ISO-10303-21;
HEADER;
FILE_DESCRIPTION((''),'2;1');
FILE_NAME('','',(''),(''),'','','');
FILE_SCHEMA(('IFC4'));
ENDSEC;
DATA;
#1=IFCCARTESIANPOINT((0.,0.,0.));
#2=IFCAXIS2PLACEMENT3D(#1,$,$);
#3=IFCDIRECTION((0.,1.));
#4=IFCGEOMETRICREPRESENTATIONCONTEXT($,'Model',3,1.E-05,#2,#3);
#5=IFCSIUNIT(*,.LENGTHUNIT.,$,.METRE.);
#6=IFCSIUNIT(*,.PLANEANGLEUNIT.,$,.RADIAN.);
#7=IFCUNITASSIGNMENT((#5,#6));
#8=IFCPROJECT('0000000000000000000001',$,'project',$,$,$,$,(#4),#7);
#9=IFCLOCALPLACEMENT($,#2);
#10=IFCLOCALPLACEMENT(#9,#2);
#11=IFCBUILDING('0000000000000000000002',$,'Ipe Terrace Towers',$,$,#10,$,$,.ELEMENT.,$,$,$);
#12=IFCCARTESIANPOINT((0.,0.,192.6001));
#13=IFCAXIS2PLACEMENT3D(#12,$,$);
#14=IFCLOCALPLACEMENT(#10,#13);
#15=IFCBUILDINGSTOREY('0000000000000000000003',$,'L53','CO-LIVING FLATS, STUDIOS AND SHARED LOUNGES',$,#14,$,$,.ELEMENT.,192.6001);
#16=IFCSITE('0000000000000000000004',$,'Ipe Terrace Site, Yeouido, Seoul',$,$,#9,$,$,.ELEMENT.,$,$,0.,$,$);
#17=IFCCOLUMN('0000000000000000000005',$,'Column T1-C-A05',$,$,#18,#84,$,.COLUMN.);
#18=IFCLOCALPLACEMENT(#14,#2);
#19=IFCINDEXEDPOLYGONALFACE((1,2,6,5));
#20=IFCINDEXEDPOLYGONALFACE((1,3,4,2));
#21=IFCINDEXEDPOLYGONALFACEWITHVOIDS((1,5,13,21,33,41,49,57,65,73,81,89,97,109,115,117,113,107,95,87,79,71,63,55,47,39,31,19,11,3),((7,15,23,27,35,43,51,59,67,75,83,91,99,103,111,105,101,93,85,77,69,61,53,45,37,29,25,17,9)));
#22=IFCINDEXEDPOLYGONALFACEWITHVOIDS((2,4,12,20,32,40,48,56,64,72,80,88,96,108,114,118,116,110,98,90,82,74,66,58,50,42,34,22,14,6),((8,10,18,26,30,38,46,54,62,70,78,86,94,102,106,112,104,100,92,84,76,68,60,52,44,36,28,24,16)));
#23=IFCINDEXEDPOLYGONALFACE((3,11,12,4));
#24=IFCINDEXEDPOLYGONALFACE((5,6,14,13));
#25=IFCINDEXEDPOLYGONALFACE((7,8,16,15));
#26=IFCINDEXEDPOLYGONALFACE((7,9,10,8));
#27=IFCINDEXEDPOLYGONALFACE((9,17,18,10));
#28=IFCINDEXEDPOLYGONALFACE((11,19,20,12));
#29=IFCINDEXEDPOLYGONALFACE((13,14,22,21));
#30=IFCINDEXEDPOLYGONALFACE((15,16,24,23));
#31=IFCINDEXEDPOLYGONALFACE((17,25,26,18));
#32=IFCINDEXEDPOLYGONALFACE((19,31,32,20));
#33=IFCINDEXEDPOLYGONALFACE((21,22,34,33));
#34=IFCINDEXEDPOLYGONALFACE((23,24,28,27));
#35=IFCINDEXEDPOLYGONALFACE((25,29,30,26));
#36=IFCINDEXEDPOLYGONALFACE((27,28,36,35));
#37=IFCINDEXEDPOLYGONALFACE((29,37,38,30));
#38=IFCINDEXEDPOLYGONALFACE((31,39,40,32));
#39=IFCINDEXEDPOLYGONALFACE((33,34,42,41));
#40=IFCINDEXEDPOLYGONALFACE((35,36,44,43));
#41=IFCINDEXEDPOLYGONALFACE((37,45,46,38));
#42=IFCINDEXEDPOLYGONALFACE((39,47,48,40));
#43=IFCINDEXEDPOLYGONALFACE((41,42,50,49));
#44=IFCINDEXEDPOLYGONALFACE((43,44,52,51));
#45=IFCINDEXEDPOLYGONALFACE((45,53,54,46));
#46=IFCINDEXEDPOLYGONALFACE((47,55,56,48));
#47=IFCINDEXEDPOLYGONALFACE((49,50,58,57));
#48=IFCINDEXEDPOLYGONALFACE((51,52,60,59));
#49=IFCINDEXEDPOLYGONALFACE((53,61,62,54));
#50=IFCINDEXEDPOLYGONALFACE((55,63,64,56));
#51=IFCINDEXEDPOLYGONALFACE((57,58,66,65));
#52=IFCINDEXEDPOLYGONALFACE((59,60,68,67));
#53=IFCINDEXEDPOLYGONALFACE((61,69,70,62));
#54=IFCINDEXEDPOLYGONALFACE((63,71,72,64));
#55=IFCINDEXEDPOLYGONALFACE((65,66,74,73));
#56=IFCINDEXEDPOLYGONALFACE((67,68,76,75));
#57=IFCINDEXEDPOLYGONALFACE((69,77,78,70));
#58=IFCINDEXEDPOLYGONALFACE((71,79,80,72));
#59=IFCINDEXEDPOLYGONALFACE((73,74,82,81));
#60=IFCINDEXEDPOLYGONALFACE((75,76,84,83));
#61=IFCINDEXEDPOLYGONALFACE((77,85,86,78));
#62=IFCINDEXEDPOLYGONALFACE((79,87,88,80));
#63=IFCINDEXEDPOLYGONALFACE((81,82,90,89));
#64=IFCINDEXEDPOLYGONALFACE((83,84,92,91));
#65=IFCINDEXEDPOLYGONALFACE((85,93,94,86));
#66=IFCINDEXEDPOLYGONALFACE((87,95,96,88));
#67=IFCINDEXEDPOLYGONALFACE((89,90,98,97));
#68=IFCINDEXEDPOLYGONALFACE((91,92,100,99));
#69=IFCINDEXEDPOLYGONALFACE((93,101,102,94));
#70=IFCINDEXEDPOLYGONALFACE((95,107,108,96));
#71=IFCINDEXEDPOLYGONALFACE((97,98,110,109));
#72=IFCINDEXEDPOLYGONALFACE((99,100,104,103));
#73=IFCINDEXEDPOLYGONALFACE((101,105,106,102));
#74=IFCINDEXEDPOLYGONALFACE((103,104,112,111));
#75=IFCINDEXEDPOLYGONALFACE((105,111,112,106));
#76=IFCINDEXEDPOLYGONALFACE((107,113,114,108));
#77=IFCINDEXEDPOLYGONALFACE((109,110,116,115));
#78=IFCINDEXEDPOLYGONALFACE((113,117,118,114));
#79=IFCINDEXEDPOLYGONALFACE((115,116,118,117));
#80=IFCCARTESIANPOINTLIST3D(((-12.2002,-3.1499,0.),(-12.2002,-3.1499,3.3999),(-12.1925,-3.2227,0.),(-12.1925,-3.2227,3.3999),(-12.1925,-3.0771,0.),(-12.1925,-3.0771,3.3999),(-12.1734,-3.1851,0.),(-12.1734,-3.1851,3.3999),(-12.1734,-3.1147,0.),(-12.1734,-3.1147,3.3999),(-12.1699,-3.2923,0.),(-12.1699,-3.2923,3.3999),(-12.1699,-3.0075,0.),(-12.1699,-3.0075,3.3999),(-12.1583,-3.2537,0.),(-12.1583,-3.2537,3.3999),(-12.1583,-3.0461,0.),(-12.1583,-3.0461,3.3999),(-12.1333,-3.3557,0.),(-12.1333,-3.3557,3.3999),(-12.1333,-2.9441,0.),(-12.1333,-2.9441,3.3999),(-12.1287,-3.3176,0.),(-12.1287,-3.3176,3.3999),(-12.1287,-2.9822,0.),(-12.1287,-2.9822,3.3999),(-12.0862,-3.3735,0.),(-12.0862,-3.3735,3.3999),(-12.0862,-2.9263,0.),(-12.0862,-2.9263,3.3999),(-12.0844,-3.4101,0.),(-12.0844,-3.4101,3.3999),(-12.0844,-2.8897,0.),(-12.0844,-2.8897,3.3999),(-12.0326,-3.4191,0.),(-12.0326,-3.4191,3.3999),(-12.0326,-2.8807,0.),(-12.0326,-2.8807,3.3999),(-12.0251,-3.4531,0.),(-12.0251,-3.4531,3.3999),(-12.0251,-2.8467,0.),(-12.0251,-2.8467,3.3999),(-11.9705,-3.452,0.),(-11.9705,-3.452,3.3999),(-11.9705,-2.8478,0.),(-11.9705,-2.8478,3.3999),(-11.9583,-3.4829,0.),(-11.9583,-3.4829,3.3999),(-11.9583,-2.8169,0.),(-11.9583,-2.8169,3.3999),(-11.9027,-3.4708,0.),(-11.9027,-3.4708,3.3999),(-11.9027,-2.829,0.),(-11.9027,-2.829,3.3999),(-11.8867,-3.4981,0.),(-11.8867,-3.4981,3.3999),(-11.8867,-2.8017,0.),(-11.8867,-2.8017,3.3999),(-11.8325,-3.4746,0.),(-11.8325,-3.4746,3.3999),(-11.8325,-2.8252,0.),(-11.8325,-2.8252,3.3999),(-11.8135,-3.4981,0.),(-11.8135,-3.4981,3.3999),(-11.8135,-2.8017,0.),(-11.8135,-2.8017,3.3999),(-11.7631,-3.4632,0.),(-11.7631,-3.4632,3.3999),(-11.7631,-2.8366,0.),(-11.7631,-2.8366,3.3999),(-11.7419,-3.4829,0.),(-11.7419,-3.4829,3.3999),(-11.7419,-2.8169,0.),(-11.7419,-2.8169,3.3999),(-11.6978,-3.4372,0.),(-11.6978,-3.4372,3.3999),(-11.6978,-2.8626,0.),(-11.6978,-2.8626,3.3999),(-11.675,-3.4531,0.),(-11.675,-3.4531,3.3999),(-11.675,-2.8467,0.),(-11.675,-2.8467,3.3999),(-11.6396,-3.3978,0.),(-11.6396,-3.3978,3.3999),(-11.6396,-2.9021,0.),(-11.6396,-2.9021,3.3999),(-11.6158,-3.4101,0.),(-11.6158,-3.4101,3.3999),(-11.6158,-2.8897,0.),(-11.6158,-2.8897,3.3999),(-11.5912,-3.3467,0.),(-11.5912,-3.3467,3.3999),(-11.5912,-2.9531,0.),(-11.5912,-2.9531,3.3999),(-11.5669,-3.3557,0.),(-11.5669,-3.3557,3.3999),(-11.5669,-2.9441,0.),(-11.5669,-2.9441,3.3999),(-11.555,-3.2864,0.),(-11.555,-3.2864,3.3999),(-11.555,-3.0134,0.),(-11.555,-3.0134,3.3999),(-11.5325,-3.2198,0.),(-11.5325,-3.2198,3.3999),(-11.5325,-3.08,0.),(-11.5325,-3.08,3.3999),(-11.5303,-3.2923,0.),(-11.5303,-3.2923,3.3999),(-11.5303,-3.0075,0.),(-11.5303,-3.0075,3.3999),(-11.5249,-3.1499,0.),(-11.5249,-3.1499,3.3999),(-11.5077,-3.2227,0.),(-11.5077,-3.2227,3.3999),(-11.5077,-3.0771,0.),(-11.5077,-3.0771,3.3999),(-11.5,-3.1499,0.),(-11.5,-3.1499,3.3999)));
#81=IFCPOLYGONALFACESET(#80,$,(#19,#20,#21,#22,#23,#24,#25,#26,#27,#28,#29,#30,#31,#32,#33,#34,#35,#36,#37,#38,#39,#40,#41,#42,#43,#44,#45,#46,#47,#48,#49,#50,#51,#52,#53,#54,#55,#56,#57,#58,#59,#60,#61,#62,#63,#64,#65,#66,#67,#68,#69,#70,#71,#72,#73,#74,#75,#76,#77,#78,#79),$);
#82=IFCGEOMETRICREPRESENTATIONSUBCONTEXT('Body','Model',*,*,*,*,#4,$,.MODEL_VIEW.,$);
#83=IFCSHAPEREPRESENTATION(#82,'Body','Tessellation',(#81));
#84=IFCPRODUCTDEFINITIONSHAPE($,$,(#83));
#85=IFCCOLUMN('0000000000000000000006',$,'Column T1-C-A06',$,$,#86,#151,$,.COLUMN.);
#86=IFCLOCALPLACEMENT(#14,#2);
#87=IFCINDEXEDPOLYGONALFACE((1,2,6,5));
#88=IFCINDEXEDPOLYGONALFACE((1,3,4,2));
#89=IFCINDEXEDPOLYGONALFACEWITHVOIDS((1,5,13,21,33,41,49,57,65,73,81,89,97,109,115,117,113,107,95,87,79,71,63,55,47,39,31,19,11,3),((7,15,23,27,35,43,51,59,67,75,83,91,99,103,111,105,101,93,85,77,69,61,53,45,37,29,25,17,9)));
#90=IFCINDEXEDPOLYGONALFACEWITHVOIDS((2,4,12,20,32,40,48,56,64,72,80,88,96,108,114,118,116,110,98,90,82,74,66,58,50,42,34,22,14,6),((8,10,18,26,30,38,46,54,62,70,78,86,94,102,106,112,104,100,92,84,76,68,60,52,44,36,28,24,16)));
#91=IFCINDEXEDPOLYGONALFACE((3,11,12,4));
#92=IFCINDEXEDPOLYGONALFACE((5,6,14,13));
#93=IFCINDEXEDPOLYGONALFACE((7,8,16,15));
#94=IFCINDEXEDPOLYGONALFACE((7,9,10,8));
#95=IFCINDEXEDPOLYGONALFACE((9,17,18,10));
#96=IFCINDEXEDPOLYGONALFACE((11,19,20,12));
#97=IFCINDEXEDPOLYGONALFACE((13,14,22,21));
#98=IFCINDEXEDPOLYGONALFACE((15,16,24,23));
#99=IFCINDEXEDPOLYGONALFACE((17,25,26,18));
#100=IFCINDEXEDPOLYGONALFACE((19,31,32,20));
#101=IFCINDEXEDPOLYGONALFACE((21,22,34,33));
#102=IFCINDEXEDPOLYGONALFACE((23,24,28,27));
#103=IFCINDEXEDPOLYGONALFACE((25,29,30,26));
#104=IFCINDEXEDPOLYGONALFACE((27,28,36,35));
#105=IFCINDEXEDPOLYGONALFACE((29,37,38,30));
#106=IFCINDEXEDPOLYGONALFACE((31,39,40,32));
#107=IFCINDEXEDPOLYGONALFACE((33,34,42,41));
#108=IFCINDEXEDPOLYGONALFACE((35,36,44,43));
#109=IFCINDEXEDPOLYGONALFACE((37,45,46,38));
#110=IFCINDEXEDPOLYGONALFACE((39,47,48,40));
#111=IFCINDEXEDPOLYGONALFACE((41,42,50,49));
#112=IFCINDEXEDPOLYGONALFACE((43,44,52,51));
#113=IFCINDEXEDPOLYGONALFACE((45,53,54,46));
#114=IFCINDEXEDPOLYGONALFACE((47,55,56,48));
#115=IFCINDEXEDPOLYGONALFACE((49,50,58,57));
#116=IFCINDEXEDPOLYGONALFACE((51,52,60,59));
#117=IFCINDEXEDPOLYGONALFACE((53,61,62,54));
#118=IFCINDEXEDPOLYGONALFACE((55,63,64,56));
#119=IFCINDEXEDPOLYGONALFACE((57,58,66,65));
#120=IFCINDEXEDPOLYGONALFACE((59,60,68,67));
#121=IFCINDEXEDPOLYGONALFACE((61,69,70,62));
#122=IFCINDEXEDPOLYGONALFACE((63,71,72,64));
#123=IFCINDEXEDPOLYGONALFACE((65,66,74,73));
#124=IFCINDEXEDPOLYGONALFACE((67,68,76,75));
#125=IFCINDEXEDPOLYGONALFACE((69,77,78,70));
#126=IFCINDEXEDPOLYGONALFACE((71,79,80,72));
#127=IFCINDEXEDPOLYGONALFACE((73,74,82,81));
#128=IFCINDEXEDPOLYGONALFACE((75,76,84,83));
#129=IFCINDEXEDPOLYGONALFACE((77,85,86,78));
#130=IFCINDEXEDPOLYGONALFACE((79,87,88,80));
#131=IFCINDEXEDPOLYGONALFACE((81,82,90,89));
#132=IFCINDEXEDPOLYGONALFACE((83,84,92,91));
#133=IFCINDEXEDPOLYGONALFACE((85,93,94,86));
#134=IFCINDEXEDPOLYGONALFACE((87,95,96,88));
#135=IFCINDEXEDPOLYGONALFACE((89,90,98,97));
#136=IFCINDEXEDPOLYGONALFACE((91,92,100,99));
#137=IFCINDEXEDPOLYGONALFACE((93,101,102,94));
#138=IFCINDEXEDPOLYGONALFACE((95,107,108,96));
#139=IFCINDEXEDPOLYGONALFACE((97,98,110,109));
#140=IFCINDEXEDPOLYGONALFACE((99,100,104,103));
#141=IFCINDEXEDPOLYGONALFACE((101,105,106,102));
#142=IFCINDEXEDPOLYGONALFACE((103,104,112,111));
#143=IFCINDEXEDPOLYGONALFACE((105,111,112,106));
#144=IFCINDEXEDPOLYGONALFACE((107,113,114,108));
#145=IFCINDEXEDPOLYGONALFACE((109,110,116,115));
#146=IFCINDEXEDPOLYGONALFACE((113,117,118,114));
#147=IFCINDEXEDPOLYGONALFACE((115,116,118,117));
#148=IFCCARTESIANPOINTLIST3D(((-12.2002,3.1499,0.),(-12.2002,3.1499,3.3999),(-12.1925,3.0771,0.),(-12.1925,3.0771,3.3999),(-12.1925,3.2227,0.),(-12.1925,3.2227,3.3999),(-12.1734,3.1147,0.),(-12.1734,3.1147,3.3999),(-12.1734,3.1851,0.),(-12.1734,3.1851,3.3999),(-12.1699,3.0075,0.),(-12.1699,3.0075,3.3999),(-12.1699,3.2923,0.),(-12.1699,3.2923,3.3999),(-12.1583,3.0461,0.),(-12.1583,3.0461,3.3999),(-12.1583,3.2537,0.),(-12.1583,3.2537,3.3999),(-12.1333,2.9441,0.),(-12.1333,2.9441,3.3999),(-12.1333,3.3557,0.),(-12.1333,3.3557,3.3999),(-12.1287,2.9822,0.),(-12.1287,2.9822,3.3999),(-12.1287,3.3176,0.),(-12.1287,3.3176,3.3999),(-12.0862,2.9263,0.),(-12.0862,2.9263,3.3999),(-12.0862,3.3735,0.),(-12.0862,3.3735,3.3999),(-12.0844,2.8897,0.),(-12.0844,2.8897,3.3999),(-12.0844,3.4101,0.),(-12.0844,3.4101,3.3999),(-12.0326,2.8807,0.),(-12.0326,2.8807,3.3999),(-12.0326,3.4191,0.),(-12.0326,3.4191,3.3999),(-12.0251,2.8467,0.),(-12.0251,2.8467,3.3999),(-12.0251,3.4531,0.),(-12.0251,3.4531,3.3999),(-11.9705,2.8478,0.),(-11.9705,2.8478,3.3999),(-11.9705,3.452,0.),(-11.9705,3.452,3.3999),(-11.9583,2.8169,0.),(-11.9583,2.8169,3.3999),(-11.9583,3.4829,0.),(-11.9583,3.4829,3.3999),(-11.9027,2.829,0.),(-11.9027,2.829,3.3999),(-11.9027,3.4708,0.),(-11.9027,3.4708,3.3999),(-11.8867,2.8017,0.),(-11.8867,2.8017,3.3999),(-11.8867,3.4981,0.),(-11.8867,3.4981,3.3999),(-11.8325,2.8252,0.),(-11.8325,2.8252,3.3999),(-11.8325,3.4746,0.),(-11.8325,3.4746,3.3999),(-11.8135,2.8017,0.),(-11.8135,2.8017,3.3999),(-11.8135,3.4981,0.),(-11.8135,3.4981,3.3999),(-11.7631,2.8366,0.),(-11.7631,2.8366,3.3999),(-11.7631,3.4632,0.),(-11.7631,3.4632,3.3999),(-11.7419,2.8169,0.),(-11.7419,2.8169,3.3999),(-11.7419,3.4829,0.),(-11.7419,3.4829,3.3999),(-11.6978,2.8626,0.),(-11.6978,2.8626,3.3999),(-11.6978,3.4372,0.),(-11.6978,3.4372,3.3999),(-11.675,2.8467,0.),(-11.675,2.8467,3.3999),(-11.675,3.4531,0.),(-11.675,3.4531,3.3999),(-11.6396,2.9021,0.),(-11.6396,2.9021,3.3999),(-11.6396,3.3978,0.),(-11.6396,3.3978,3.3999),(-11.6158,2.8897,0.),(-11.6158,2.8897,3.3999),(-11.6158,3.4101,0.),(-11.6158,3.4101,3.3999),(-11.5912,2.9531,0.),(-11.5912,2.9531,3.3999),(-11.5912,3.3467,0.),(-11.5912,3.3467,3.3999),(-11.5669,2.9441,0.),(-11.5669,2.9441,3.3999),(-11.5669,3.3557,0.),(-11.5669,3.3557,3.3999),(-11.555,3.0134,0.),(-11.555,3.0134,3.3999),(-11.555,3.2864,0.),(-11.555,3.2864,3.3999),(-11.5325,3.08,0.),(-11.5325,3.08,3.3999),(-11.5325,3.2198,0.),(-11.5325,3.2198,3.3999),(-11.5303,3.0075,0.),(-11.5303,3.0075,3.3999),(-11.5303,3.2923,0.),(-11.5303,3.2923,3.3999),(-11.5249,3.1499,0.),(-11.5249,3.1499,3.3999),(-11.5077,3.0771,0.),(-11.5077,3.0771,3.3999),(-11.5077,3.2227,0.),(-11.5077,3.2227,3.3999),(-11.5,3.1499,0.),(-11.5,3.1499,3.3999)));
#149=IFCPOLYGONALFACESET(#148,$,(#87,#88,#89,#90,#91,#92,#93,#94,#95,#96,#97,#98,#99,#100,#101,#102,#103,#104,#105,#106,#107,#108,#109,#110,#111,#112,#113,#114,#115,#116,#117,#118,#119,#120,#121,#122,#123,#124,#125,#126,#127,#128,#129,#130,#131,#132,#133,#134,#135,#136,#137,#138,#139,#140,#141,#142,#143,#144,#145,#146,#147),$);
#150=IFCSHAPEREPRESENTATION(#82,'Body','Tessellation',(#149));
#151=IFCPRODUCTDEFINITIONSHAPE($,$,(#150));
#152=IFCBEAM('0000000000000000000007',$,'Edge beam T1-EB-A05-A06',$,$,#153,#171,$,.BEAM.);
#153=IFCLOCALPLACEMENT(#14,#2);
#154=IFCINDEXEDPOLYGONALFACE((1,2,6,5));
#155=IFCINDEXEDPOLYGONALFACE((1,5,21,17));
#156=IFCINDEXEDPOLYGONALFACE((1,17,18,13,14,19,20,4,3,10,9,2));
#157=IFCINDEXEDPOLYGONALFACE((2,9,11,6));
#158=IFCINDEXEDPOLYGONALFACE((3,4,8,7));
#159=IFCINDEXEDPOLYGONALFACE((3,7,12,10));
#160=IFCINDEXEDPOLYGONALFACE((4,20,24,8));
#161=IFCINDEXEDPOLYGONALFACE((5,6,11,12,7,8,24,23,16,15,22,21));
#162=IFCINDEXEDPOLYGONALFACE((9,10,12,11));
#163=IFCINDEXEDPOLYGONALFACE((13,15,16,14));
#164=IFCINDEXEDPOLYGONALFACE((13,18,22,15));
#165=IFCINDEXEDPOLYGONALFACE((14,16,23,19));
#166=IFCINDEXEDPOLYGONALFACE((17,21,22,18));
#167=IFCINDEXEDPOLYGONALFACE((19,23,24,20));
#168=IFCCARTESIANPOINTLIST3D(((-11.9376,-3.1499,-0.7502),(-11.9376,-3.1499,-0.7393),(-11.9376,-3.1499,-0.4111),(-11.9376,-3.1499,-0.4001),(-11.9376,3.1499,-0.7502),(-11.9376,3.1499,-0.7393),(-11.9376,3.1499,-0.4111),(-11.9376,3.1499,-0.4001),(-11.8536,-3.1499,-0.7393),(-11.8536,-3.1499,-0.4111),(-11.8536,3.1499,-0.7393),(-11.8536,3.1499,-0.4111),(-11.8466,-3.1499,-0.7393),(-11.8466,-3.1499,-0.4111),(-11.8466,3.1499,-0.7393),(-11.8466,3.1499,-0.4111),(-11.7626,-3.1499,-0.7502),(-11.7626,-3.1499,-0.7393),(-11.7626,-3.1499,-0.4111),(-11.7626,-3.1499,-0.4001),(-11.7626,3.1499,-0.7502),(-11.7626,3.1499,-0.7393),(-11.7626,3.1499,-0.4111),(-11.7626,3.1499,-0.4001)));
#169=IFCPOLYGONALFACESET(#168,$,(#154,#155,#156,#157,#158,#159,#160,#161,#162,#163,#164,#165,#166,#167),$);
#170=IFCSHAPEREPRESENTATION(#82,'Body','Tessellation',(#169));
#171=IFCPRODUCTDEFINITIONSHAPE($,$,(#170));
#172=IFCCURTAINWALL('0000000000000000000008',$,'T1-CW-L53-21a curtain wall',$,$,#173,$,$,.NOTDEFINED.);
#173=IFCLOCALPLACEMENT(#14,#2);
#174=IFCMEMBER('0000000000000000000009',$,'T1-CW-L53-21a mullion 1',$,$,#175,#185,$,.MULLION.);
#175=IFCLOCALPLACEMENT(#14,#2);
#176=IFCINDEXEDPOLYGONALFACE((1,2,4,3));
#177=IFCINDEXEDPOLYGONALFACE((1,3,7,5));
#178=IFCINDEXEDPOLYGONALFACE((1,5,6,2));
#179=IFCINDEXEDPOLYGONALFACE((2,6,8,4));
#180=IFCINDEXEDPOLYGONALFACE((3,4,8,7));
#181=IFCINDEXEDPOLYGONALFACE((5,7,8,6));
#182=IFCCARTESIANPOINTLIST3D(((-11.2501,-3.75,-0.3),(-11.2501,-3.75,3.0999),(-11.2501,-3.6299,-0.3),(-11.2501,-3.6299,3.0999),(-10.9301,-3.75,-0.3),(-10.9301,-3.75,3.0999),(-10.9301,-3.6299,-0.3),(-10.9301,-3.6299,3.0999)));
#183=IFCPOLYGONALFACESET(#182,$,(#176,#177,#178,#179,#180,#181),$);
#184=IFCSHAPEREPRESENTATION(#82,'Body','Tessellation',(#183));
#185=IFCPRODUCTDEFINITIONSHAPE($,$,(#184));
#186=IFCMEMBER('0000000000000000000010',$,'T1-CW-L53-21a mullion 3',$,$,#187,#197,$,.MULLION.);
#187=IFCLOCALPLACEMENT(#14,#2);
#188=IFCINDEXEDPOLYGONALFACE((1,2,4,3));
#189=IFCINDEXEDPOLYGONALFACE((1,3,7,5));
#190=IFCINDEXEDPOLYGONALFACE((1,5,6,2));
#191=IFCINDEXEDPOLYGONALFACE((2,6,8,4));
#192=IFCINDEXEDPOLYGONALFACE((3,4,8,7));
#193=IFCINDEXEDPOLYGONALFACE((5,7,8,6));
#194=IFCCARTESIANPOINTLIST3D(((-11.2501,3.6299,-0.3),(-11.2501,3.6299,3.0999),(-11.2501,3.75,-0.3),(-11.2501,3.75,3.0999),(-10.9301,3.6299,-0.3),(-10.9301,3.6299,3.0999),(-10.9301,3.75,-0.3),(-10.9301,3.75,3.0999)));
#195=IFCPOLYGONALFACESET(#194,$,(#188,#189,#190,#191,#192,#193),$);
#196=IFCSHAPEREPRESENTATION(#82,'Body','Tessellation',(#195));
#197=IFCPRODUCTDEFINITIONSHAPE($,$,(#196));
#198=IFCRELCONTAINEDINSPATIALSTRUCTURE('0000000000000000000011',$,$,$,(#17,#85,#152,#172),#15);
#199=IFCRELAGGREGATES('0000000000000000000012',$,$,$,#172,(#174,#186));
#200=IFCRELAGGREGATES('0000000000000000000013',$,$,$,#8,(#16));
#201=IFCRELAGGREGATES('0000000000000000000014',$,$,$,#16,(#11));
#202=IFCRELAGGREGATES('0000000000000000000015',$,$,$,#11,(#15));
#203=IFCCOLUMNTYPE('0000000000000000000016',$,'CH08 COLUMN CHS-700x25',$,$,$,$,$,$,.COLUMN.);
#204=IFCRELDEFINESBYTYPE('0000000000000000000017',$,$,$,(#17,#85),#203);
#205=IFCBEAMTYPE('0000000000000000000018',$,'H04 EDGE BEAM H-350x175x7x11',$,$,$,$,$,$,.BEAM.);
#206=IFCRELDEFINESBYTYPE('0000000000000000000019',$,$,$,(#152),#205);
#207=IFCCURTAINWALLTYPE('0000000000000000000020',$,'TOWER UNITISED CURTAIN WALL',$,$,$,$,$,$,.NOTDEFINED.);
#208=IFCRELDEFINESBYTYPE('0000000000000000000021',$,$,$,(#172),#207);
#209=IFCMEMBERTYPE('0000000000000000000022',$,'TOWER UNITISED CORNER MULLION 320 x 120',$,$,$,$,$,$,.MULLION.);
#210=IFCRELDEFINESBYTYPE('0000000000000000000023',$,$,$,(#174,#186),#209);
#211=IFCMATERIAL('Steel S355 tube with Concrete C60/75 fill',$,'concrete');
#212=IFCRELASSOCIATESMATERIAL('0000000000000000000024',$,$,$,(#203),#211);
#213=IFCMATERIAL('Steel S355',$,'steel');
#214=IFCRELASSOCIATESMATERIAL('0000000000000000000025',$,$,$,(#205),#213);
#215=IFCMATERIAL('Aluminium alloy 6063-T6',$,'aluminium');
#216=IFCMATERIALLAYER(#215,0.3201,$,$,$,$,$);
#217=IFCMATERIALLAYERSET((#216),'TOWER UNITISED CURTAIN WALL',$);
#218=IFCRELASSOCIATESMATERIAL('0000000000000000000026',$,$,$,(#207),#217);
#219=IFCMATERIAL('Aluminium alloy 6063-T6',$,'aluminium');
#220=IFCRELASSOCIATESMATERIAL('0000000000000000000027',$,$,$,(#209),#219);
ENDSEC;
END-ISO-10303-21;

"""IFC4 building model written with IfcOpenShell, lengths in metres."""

from ifc_helpers import new_model, si_unit, direction, frame, origin, origin_2d, place, context, subcontext, project, spatial, rectangle, hollow_circle, i_section, extrude, material, layer, layer_set, material_profile, profile_set, type_object, element, aggregate, save


model = new_model("IFC4")

# Units and contexts
model_context = context("Model", 3, precision=1e-05, world=origin(), true_north=direction((0.0, 1.0)))
body_context = subcontext(model_context, "Body", "Model", "MODEL_VIEW")
ifc_project = project(units=[si_unit("LENGTHUNIT", "METRE"), si_unit("PLANEANGLEUNIT", "RADIAN")], contexts=[model_context])

# Site, building, storey
site_placement = place(None, origin())
site = spatial("IfcSite", under=ifc_project, at=site_placement, Name="Ipe Terrace Site, Yeouido, Seoul", CompositionType="ELEMENT", RefElevation=0.0)
building_placement = place(site_placement, origin())
building = spatial("IfcBuilding", under=site, at=building_placement, Name="Ipe Terrace Towers", CompositionType="ELEMENT")
storey_placement = place(building_placement, frame((0.0, 0.0, 192.6001)))
storey = spatial("IfcBuildingStorey", under=building, at=storey_placement, Name="L53", Description="CO-LIVING FLATS, STUDIOS AND SHARED LOUNGES", CompositionType="ELEMENT", Elevation=192.6001)

# Columns
ifc_material_1 = material(Name="Steel S355 tube with Concrete C60/75 fill", Category="concrete")
ifc_material_profile_1 = material_profile(ifc_material_1, hollow_circle(Radius=0.3501, WallThickness=0.0249, at=origin_2d()), Name="CHS-700x25")
ifc_profile_set_1 = profile_set([ifc_material_profile_1], Name="Steel S355 tube with Concrete C60/75 fill")
column_type = type_object("IfcColumnType", Name="CH08 COLUMN CHS-700x25", PredefinedType="COLUMN", material=ifc_profile_set_1)
for number, where, z_axis, x_axis, name in (
    (1, (-11.8501, -3.1499, 0.0), (0.0, 0.0, 1.0), (1.0, 0.0, 0.0), "Column T1-C-A05"),
    (2, (-11.8501, 3.1499, 0.0), (0.0, 0.0, 1.0), (1.0, 0.0, 0.0), "Column T1-C-A06"),
):
    element("IfcColumn", number, at=place(storey_placement, frame(where, z_axis=z_axis, x_axis=x_axis)), inside=storey, type_object=column_type, Name=name, PredefinedType="COLUMN", context=body_context, shape_type="SweptSolid", body=[
        extrude(hollow_circle(Radius=0.3501, WallThickness=0.0249, at=origin_2d()), origin(), (0.0, 0.0, 1.0), 3.3999),
    ])

# Beam
ifc_material_2 = material(Name="Steel S355", Category="steel")
ifc_material_profile_2 = material_profile(ifc_material_2, i_section(OverallWidth=0.175, OverallDepth=0.3501, WebThickness=0.0071, FlangeThickness=0.011, at=origin_2d()), Name="H-350x175x7x11")
ifc_profile_set_2 = profile_set([ifc_material_profile_2], Name="Steel S355")
beam_type = type_object("IfcBeamType", Name="H04 EDGE BEAM H-350x175x7x11", PredefinedType="BEAM", material=ifc_profile_set_2)
beam_placement = place(storey_placement, frame((-11.8501, -3.1499, -0.5752), z_axis=(0.0, 1.0, 0.0), x_axis=(-1.0, 0.0, 0.0)))
element("IfcBeam", 3, at=beam_placement, inside=storey, type_object=beam_type, Name="Edge beam T1-EB-A05-A06", PredefinedType="BEAM", context=body_context, shape_type="SweptSolid", body=[
    extrude(i_section(OverallWidth=0.175, OverallDepth=0.3501, WebThickness=0.0071, FlangeThickness=0.011, at=origin_2d()), origin(), (0.0, 0.0, 1.0), 6.2998),
])

# Curtain wall, members
ifc_material_3 = material(Name="Aluminium alloy 6063-T6", Category="aluminium")
ifc_layer_1 = layer(ifc_material_3, 0.3201)
ifc_layer_set_1 = layer_set([ifc_layer_1], Name="TOWER UNITISED CURTAIN WALL")
curtain_wall_type = type_object("IfcCurtainWallType", Name="TOWER UNITISED CURTAIN WALL", PredefinedType="NOTDEFINED", material=ifc_layer_set_1)
curtain_wall_placement = place(storey_placement, origin())
curtain_wall = element("IfcCurtainWall", 4, at=curtain_wall_placement, inside=storey, type_object=curtain_wall_type, Name="T1-CW-L53-21a curtain wall", PredefinedType="NOTDEFINED")
ifc_material_4 = material(Name="Aluminium alloy 6063-T6", Category="aluminium")
ifc_material_profile_3 = material_profile(ifc_material_4, rectangle(XDim=0.3201, YDim=0.1201, at=origin_2d()), Name="TOWER UNITISED CORNER MULLION 320 x 120")
ifc_profile_set_3 = profile_set([ifc_material_profile_3], Name="Aluminium alloy 6063-T6")
member_type_1 = type_object("IfcMemberType", Name="TOWER UNITISED CORNER MULLION 320 x 120", PredefinedType="MULLION", material=ifc_profile_set_3)
member_1_placement = place(storey_placement, frame((-11.0901, -3.6899, -0.3), z_axis=(0.0, 0.0, 1.0), x_axis=(1.0, 0.0, 0.0)))
member_1 = element("IfcMember", 5, at=member_1_placement, type_object=member_type_1, Name="T1-CW-L53-21a mullion 1", PredefinedType="MULLION", context=body_context, shape_type="SweptSolid", body=[
    extrude(rectangle(XDim=0.3201, YDim=0.1201, at=origin_2d()), origin(), (0.0, 0.0, 1.0), 3.3999),
])
member_2_placement = place(storey_placement, frame((-11.0901, 3.6899, -0.3), z_axis=(0.0, 0.0, 1.0), x_axis=(1.0, 0.0, 0.0)))
member_2 = element("IfcMember", 6, at=member_2_placement, type_object=member_type_1, Name="T1-CW-L53-21a mullion 3", PredefinedType="MULLION", context=body_context, shape_type="SweptSolid", body=[
    extrude(rectangle(XDim=0.3201, YDim=0.1201, at=origin_2d()), origin(), (0.0, 0.0, 1.0), 3.3999),
])

aggregate(curtain_wall, [member_1, member_2])

save(model, "model.ifc")
